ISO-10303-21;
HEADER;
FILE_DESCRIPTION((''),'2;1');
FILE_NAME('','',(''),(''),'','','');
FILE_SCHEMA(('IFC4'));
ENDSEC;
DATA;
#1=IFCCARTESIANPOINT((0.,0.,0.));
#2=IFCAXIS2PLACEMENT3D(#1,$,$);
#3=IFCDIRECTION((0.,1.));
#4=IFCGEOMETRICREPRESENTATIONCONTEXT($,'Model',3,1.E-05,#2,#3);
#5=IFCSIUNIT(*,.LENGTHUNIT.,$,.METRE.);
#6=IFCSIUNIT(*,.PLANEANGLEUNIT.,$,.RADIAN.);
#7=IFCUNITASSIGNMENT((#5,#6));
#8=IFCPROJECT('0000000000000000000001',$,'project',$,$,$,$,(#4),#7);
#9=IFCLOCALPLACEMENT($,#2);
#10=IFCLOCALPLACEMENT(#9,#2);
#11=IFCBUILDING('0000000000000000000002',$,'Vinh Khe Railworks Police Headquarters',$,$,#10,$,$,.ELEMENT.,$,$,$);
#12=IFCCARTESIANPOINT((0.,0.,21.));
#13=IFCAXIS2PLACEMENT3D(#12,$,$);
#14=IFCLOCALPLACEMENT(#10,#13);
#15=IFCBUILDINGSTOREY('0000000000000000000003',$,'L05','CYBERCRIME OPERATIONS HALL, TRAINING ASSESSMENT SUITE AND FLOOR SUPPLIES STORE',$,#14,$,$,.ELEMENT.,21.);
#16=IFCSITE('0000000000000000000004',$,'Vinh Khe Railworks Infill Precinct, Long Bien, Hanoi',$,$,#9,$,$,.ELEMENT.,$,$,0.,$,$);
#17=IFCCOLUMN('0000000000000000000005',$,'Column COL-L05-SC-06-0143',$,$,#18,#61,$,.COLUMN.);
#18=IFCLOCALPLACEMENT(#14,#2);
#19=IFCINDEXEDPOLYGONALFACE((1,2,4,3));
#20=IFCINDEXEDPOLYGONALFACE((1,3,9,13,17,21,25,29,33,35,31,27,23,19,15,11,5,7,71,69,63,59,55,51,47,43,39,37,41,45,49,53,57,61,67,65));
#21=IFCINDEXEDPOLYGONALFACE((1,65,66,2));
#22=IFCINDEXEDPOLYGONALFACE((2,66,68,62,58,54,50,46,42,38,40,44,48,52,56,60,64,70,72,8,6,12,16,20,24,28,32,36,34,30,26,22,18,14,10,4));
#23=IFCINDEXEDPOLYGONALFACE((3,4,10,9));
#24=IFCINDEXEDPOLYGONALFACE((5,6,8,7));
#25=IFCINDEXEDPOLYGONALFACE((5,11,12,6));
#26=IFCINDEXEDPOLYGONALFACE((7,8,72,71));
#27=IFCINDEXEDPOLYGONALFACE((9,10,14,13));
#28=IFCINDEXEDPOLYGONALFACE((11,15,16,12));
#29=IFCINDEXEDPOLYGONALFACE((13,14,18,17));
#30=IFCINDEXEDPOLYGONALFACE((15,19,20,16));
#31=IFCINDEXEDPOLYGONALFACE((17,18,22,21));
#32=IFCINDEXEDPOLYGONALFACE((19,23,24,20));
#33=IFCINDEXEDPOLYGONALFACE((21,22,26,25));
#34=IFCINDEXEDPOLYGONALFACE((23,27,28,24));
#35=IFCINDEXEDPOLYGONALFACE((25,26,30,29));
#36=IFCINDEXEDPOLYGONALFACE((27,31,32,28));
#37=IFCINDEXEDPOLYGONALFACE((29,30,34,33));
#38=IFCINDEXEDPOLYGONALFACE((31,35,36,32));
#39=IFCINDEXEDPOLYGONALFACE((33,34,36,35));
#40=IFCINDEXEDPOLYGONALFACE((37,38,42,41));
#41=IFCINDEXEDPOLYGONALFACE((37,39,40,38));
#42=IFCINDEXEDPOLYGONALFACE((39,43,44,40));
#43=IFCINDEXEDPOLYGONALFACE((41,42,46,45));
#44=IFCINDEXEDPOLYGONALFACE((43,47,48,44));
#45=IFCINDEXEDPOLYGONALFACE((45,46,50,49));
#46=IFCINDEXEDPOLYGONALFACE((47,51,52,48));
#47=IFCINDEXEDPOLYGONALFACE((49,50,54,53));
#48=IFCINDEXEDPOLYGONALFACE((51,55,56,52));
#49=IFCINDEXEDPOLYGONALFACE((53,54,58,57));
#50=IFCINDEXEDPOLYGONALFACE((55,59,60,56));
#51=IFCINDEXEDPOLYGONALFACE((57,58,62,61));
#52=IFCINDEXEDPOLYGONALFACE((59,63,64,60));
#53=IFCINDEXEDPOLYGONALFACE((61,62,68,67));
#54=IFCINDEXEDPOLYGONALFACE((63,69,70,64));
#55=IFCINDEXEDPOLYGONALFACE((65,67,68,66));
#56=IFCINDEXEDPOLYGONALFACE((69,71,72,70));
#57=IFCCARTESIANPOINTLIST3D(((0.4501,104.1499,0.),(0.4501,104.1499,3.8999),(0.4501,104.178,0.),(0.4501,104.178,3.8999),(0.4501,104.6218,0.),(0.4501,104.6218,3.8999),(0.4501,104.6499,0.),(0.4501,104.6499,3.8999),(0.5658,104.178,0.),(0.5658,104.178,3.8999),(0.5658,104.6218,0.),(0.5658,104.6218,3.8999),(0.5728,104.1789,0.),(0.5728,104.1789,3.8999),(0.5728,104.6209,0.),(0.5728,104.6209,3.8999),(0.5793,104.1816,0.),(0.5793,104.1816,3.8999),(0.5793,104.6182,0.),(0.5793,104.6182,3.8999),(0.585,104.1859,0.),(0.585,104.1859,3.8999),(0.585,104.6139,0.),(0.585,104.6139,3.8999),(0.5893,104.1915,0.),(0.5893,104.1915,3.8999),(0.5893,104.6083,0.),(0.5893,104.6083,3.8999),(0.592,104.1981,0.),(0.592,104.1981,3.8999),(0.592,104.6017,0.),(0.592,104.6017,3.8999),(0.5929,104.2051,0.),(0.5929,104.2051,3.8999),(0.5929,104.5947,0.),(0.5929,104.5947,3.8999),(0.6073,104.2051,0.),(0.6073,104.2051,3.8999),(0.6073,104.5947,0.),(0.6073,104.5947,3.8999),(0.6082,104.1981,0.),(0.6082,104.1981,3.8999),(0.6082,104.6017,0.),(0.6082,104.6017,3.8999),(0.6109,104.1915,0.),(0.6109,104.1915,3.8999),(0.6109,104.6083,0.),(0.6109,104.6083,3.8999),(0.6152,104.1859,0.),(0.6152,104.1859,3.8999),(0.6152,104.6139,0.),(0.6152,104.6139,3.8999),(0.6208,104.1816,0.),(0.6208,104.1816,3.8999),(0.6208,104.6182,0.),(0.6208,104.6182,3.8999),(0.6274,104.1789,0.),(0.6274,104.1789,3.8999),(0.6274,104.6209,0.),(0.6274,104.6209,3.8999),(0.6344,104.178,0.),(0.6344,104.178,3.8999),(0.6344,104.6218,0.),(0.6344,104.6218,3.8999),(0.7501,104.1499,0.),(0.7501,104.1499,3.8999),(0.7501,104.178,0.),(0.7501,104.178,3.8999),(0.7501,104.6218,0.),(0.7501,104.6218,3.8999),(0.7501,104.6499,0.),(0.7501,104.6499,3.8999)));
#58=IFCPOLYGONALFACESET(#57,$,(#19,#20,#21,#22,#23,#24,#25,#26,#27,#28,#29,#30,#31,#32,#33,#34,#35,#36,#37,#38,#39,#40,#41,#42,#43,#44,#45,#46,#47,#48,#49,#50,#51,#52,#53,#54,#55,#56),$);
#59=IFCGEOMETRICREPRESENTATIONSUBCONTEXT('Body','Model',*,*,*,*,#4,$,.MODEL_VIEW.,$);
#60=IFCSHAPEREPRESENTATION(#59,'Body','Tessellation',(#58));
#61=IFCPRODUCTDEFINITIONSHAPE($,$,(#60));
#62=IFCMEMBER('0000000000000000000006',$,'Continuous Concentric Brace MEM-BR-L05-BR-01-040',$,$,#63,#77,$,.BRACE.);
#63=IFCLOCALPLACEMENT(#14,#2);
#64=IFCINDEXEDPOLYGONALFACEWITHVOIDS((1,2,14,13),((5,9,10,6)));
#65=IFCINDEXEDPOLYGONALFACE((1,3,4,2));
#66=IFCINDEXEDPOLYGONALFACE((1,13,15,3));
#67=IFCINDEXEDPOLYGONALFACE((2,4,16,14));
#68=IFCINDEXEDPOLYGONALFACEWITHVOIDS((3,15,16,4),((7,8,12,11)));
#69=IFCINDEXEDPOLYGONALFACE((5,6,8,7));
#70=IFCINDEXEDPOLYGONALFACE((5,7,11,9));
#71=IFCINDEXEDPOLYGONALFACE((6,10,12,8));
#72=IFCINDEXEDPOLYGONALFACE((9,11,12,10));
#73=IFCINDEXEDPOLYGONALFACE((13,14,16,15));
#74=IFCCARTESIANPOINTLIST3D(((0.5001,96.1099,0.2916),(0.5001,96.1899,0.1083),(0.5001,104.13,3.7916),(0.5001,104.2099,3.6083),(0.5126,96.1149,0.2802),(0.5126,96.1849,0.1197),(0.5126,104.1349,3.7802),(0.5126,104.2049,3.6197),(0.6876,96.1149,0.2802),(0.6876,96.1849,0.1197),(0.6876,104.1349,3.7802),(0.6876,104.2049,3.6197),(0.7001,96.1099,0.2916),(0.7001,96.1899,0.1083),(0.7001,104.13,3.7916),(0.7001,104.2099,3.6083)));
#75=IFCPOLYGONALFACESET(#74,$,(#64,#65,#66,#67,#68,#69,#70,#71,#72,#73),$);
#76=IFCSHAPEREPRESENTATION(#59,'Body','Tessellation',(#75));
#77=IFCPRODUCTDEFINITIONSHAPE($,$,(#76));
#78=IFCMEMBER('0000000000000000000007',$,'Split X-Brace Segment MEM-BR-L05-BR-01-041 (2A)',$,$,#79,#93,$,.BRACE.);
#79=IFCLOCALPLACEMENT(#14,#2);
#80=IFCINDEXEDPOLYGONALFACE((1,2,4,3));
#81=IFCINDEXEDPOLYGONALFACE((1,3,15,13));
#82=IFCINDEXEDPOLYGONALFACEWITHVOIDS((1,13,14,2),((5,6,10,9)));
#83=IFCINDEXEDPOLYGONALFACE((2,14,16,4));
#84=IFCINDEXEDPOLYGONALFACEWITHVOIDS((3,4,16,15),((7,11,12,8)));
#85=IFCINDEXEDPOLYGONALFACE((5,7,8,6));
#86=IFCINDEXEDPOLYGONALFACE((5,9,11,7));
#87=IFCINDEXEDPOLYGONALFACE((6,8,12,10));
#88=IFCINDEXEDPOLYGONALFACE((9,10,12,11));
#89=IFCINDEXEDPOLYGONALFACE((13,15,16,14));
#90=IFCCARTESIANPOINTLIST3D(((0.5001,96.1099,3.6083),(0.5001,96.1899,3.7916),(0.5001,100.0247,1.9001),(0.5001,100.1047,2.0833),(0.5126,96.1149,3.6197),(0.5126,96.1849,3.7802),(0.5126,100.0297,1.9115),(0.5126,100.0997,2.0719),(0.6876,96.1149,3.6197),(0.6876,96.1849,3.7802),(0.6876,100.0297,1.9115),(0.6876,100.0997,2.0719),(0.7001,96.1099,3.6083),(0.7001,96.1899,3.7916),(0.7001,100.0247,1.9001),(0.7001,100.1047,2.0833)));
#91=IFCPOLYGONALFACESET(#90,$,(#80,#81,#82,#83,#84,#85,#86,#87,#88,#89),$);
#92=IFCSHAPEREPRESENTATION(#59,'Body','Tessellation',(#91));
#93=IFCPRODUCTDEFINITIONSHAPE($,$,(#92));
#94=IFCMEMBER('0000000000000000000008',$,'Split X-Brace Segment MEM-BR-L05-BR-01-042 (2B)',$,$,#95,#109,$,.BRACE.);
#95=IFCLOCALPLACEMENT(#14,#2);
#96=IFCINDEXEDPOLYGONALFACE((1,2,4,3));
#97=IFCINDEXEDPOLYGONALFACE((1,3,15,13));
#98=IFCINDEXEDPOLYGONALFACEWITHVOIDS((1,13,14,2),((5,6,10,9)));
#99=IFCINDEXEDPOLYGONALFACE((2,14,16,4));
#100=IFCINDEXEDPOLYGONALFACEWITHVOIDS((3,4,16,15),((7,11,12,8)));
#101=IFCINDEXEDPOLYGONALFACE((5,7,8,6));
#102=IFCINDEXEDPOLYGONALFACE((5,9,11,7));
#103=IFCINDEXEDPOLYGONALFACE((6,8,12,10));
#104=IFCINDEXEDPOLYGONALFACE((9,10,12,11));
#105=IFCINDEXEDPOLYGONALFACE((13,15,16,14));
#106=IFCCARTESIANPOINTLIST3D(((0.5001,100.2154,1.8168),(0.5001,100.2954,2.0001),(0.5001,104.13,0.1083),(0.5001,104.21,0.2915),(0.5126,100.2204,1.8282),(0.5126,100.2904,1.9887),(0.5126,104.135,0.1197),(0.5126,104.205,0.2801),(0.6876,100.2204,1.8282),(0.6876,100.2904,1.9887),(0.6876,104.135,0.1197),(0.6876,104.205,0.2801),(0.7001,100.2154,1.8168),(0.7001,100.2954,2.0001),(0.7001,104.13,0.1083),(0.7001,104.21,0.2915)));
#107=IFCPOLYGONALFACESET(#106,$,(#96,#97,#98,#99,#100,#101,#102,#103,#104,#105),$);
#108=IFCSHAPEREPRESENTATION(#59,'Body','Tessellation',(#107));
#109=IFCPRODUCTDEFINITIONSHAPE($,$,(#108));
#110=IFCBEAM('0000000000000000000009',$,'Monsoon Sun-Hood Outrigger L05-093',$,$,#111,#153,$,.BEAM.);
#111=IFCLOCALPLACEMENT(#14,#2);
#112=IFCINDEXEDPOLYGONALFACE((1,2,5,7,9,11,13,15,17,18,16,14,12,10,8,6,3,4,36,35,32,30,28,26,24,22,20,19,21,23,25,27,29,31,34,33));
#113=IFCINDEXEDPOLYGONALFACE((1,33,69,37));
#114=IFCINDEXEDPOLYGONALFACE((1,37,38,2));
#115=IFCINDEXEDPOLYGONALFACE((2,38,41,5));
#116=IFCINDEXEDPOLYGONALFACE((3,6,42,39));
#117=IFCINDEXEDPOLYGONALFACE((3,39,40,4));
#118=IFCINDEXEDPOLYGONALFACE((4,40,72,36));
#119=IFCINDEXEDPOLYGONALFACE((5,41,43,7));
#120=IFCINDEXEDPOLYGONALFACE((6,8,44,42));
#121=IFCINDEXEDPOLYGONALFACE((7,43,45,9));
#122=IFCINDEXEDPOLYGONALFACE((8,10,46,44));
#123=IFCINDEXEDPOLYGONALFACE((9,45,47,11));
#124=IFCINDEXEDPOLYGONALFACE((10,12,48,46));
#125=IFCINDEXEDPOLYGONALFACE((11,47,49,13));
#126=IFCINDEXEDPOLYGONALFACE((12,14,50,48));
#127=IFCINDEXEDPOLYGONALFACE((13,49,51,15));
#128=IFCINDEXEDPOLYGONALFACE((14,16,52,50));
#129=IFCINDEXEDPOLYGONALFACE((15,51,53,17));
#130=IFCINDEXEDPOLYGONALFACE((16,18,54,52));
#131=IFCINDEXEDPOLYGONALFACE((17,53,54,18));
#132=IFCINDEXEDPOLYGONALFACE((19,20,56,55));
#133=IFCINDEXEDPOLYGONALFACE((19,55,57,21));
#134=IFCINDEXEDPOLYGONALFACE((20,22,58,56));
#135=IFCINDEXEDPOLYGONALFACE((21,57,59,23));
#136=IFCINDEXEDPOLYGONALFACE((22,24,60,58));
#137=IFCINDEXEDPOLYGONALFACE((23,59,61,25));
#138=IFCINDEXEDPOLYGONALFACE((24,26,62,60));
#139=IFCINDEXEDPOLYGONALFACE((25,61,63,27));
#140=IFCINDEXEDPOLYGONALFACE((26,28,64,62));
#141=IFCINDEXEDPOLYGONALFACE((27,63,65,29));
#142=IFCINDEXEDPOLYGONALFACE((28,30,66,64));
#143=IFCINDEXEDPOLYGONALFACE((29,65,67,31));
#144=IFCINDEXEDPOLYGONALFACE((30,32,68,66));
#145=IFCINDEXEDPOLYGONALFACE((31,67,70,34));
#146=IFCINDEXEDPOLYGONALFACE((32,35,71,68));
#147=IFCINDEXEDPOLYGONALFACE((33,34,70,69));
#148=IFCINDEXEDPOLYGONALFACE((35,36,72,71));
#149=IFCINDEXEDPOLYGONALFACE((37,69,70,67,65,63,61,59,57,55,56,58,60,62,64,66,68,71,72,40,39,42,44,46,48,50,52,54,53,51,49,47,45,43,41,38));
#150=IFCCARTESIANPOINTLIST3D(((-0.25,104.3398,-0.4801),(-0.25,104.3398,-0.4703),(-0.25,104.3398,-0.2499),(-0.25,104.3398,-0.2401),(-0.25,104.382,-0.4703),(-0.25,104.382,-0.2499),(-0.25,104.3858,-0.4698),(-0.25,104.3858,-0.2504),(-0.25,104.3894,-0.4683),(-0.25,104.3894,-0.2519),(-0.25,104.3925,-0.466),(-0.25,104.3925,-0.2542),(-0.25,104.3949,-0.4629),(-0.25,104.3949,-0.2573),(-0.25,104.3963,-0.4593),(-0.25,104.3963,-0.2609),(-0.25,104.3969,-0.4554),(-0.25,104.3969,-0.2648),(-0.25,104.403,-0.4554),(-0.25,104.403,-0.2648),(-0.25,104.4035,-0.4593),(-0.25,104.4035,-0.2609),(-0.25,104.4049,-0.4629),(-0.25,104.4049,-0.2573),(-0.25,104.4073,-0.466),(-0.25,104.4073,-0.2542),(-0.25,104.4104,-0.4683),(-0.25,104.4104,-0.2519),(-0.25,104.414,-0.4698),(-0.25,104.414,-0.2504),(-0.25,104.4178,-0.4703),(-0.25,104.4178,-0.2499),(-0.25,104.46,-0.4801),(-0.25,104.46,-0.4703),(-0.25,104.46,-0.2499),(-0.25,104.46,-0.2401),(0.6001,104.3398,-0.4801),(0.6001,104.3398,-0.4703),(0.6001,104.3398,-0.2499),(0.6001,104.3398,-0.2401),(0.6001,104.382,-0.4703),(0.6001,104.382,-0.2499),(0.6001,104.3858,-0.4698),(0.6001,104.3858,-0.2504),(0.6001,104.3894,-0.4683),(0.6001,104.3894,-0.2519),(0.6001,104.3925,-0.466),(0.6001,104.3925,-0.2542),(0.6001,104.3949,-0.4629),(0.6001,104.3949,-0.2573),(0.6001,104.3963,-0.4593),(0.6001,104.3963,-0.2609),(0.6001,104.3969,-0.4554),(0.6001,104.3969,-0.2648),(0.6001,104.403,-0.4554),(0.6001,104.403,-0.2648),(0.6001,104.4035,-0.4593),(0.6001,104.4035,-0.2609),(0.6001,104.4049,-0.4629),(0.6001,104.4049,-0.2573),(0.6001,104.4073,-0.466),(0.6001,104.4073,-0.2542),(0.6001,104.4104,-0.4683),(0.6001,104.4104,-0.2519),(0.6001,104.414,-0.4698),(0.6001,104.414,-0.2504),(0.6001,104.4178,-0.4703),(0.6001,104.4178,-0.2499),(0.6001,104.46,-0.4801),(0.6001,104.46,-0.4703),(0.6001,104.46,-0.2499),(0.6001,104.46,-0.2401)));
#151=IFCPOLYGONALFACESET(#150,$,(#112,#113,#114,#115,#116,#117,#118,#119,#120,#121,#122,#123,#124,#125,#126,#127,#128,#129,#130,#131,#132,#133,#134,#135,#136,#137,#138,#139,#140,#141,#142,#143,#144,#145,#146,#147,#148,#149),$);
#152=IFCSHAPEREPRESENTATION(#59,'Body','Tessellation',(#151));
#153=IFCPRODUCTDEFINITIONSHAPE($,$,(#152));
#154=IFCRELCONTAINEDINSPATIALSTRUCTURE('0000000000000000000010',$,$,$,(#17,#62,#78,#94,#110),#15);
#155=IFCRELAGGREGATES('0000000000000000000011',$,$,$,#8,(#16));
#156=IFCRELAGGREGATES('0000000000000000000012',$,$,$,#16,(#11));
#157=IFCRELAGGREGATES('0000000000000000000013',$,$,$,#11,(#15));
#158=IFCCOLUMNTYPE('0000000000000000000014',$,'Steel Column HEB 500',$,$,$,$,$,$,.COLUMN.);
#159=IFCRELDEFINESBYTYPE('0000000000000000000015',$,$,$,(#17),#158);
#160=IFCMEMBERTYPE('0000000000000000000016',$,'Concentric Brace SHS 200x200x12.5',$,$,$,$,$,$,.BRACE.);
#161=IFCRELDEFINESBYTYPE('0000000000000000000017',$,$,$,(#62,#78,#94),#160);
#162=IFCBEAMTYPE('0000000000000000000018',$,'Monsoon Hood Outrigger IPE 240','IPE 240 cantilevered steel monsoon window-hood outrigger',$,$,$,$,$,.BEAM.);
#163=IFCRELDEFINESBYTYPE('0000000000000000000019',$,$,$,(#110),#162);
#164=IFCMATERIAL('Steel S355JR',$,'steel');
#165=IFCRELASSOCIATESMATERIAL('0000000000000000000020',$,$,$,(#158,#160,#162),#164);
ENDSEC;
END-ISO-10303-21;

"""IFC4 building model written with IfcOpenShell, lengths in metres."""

from ifc_helpers import new_model, si_unit, direction, frame, origin, origin_2d, place, context, subcontext, project, spatial, hollow_rectangle, i_section, extrude, material, material_profile, profile_set, type_object, element, save


model = new_model("IFC4")

# Units and contexts
model_context = context("Model", 3, precision=1e-05, world=origin(), true_north=direction((0.0, 1.0)))
body_context = subcontext(model_context, "Body", "Model", "MODEL_VIEW")
ifc_project = project(units=[si_unit("LENGTHUNIT", "METRE"), si_unit("PLANEANGLEUNIT", "RADIAN")], contexts=[model_context])

# Site, building, storey
site_placement = place(None, origin())
site = spatial("IfcSite", under=ifc_project, at=site_placement, Name="Vinh Khe Railworks Infill Precinct, Long Bien, Hanoi", CompositionType="ELEMENT", RefElevation=0.0)
building_placement = place(site_placement, origin())
building = spatial("IfcBuilding", under=site, at=building_placement, Name="Vinh Khe Railworks Police Headquarters", CompositionType="ELEMENT")
storey_placement = place(building_placement, frame((0.0, 0.0, 21.0)))
storey = spatial("IfcBuildingStorey", under=building, at=storey_placement, Name="L05", Description="CYBERCRIME OPERATIONS HALL, TRAINING ASSESSMENT SUITE AND FLOOR SUPPLIES STORE", CompositionType="ELEMENT", Elevation=21.0)

# Column
ifc_material_1 = material(Name="Steel S355JR", Category="steel")
ifc_material_profile_1 = material_profile(ifc_material_1, i_section(OverallWidth=0.3, OverallDepth=0.5, WebThickness=0.0144, FlangeThickness=0.0281, FilletRadius=0.0271, at=origin_2d()), Name="HEB 500")
ifc_profile_set_1 = profile_set([ifc_material_profile_1], Name="Steel S355JR")
column_type = type_object("IfcColumnType", Name="Steel Column HEB 500", PredefinedType="COLUMN", material=ifc_profile_set_1)
column_placement = place(storey_placement, frame((0.6001, 104.3999, 0.0), z_axis=(0.0, 0.0, 1.0), x_axis=(1.0, 0.0, 0.0)))
element("IfcColumn", 1, at=column_placement, inside=storey, type_object=column_type, Name="Column COL-L05-SC-06-0143", PredefinedType="COLUMN", context=body_context, shape_type="SweptSolid", body=[
    extrude(i_section(OverallWidth=0.3, OverallDepth=0.5, WebThickness=0.0144, FlangeThickness=0.0281, FilletRadius=0.0271, at=origin_2d()), origin(), (0.0, 0.0, 1.0), 3.8999),
])

# Members
ifc_material_profile_2 = material_profile(ifc_material_1, hollow_rectangle(XDim=0.2, YDim=0.2, WallThickness=0.0125, at=origin_2d()), Name="SHS 200x200x12.5")
ifc_profile_set_2 = profile_set([ifc_material_profile_2], Name="Steel S355JR")
member_type = type_object("IfcMemberType", Name="Concentric Brace SHS 200x200x12.5", PredefinedType="BRACE", material=ifc_profile_set_2)
member_placement = place(storey_placement, frame((0.6001, 96.1499, 0.2), z_axis=(0.0, 0.916525, 0.399979), x_axis=(-1.0, 0.0, 0.0)))
element("IfcMember", 2, at=member_placement, inside=storey, type_object=member_type, Name="Continuous Concentric Brace MEM-BR-L05-BR-01-040", PredefinedType="BRACE", context=body_context, shape_type="SweptSolid", body=[
    extrude(hollow_rectangle(XDim=0.2, YDim=0.2, WallThickness=0.0125, at=origin_2d()), origin(), (0.0, 0.0, 1.0), 8.7505),
])
for number, where, z_axis, x_axis, name in (
    (3, (0.6001, 96.1499, 3.7), (0.0, 0.916541, -0.39994), (-1.0, 0.0, 0.0), "Split X-Brace Segment MEM-BR-L05-BR-01-041 (2A)"),
    (4, (0.6001, 100.2554, 1.9084), (0.0, 0.916511, -0.400009), (-1.0, 0.0, 0.0), "Split X-Brace Segment MEM-BR-L05-BR-01-042 (2B)"),
):
    element("IfcMember", number, at=place(storey_placement, frame(where, z_axis=z_axis, x_axis=x_axis)), inside=storey, type_object=member_type, Name=name, PredefinedType="BRACE", context=body_context, shape_type="SweptSolid", body=[
        extrude(hollow_rectangle(XDim=0.2, YDim=0.2, WallThickness=0.0125, at=origin_2d()), origin(), (0.0, 0.0, 1.0), 4.2712),
    ])

# Beam
ifc_material_profile_3 = material_profile(ifc_material_1, i_section(OverallWidth=0.1201, OverallDepth=0.24, WebThickness=0.0061, FlangeThickness=0.0098, FilletRadius=0.0149, at=origin_2d()), Name="IPE 240")
ifc_profile_set_3 = profile_set([ifc_material_profile_3], Name="Steel S355JR")
beam_type_1 = type_object("IfcBeamType", Name="Monsoon Hood Outrigger IPE 240", Description="IPE 240 cantilevered steel monsoon window-hood outrigger", PredefinedType="BEAM", material=ifc_profile_set_3)
beam_1_placement = place(storey_placement, frame((-0.25, 104.3999, -0.3601), z_axis=(1.0, 0.0, 0.0), x_axis=(0.0, 1.0, 0.0)))
element("IfcBeam", 5, at=beam_1_placement, inside=storey, type_object=beam_type_1, Name="Monsoon Sun-Hood Outrigger L05-093", PredefinedType="BEAM", context=body_context, shape_type="SweptSolid", body=[
    extrude(i_section(OverallWidth=0.1201, OverallDepth=0.24, WebThickness=0.0061, FlangeThickness=0.0098, FilletRadius=0.0149, at=origin_2d()), origin(), (0.0, 0.0, 1.0), 0.8501),
])

save(model, "model.ifc")
